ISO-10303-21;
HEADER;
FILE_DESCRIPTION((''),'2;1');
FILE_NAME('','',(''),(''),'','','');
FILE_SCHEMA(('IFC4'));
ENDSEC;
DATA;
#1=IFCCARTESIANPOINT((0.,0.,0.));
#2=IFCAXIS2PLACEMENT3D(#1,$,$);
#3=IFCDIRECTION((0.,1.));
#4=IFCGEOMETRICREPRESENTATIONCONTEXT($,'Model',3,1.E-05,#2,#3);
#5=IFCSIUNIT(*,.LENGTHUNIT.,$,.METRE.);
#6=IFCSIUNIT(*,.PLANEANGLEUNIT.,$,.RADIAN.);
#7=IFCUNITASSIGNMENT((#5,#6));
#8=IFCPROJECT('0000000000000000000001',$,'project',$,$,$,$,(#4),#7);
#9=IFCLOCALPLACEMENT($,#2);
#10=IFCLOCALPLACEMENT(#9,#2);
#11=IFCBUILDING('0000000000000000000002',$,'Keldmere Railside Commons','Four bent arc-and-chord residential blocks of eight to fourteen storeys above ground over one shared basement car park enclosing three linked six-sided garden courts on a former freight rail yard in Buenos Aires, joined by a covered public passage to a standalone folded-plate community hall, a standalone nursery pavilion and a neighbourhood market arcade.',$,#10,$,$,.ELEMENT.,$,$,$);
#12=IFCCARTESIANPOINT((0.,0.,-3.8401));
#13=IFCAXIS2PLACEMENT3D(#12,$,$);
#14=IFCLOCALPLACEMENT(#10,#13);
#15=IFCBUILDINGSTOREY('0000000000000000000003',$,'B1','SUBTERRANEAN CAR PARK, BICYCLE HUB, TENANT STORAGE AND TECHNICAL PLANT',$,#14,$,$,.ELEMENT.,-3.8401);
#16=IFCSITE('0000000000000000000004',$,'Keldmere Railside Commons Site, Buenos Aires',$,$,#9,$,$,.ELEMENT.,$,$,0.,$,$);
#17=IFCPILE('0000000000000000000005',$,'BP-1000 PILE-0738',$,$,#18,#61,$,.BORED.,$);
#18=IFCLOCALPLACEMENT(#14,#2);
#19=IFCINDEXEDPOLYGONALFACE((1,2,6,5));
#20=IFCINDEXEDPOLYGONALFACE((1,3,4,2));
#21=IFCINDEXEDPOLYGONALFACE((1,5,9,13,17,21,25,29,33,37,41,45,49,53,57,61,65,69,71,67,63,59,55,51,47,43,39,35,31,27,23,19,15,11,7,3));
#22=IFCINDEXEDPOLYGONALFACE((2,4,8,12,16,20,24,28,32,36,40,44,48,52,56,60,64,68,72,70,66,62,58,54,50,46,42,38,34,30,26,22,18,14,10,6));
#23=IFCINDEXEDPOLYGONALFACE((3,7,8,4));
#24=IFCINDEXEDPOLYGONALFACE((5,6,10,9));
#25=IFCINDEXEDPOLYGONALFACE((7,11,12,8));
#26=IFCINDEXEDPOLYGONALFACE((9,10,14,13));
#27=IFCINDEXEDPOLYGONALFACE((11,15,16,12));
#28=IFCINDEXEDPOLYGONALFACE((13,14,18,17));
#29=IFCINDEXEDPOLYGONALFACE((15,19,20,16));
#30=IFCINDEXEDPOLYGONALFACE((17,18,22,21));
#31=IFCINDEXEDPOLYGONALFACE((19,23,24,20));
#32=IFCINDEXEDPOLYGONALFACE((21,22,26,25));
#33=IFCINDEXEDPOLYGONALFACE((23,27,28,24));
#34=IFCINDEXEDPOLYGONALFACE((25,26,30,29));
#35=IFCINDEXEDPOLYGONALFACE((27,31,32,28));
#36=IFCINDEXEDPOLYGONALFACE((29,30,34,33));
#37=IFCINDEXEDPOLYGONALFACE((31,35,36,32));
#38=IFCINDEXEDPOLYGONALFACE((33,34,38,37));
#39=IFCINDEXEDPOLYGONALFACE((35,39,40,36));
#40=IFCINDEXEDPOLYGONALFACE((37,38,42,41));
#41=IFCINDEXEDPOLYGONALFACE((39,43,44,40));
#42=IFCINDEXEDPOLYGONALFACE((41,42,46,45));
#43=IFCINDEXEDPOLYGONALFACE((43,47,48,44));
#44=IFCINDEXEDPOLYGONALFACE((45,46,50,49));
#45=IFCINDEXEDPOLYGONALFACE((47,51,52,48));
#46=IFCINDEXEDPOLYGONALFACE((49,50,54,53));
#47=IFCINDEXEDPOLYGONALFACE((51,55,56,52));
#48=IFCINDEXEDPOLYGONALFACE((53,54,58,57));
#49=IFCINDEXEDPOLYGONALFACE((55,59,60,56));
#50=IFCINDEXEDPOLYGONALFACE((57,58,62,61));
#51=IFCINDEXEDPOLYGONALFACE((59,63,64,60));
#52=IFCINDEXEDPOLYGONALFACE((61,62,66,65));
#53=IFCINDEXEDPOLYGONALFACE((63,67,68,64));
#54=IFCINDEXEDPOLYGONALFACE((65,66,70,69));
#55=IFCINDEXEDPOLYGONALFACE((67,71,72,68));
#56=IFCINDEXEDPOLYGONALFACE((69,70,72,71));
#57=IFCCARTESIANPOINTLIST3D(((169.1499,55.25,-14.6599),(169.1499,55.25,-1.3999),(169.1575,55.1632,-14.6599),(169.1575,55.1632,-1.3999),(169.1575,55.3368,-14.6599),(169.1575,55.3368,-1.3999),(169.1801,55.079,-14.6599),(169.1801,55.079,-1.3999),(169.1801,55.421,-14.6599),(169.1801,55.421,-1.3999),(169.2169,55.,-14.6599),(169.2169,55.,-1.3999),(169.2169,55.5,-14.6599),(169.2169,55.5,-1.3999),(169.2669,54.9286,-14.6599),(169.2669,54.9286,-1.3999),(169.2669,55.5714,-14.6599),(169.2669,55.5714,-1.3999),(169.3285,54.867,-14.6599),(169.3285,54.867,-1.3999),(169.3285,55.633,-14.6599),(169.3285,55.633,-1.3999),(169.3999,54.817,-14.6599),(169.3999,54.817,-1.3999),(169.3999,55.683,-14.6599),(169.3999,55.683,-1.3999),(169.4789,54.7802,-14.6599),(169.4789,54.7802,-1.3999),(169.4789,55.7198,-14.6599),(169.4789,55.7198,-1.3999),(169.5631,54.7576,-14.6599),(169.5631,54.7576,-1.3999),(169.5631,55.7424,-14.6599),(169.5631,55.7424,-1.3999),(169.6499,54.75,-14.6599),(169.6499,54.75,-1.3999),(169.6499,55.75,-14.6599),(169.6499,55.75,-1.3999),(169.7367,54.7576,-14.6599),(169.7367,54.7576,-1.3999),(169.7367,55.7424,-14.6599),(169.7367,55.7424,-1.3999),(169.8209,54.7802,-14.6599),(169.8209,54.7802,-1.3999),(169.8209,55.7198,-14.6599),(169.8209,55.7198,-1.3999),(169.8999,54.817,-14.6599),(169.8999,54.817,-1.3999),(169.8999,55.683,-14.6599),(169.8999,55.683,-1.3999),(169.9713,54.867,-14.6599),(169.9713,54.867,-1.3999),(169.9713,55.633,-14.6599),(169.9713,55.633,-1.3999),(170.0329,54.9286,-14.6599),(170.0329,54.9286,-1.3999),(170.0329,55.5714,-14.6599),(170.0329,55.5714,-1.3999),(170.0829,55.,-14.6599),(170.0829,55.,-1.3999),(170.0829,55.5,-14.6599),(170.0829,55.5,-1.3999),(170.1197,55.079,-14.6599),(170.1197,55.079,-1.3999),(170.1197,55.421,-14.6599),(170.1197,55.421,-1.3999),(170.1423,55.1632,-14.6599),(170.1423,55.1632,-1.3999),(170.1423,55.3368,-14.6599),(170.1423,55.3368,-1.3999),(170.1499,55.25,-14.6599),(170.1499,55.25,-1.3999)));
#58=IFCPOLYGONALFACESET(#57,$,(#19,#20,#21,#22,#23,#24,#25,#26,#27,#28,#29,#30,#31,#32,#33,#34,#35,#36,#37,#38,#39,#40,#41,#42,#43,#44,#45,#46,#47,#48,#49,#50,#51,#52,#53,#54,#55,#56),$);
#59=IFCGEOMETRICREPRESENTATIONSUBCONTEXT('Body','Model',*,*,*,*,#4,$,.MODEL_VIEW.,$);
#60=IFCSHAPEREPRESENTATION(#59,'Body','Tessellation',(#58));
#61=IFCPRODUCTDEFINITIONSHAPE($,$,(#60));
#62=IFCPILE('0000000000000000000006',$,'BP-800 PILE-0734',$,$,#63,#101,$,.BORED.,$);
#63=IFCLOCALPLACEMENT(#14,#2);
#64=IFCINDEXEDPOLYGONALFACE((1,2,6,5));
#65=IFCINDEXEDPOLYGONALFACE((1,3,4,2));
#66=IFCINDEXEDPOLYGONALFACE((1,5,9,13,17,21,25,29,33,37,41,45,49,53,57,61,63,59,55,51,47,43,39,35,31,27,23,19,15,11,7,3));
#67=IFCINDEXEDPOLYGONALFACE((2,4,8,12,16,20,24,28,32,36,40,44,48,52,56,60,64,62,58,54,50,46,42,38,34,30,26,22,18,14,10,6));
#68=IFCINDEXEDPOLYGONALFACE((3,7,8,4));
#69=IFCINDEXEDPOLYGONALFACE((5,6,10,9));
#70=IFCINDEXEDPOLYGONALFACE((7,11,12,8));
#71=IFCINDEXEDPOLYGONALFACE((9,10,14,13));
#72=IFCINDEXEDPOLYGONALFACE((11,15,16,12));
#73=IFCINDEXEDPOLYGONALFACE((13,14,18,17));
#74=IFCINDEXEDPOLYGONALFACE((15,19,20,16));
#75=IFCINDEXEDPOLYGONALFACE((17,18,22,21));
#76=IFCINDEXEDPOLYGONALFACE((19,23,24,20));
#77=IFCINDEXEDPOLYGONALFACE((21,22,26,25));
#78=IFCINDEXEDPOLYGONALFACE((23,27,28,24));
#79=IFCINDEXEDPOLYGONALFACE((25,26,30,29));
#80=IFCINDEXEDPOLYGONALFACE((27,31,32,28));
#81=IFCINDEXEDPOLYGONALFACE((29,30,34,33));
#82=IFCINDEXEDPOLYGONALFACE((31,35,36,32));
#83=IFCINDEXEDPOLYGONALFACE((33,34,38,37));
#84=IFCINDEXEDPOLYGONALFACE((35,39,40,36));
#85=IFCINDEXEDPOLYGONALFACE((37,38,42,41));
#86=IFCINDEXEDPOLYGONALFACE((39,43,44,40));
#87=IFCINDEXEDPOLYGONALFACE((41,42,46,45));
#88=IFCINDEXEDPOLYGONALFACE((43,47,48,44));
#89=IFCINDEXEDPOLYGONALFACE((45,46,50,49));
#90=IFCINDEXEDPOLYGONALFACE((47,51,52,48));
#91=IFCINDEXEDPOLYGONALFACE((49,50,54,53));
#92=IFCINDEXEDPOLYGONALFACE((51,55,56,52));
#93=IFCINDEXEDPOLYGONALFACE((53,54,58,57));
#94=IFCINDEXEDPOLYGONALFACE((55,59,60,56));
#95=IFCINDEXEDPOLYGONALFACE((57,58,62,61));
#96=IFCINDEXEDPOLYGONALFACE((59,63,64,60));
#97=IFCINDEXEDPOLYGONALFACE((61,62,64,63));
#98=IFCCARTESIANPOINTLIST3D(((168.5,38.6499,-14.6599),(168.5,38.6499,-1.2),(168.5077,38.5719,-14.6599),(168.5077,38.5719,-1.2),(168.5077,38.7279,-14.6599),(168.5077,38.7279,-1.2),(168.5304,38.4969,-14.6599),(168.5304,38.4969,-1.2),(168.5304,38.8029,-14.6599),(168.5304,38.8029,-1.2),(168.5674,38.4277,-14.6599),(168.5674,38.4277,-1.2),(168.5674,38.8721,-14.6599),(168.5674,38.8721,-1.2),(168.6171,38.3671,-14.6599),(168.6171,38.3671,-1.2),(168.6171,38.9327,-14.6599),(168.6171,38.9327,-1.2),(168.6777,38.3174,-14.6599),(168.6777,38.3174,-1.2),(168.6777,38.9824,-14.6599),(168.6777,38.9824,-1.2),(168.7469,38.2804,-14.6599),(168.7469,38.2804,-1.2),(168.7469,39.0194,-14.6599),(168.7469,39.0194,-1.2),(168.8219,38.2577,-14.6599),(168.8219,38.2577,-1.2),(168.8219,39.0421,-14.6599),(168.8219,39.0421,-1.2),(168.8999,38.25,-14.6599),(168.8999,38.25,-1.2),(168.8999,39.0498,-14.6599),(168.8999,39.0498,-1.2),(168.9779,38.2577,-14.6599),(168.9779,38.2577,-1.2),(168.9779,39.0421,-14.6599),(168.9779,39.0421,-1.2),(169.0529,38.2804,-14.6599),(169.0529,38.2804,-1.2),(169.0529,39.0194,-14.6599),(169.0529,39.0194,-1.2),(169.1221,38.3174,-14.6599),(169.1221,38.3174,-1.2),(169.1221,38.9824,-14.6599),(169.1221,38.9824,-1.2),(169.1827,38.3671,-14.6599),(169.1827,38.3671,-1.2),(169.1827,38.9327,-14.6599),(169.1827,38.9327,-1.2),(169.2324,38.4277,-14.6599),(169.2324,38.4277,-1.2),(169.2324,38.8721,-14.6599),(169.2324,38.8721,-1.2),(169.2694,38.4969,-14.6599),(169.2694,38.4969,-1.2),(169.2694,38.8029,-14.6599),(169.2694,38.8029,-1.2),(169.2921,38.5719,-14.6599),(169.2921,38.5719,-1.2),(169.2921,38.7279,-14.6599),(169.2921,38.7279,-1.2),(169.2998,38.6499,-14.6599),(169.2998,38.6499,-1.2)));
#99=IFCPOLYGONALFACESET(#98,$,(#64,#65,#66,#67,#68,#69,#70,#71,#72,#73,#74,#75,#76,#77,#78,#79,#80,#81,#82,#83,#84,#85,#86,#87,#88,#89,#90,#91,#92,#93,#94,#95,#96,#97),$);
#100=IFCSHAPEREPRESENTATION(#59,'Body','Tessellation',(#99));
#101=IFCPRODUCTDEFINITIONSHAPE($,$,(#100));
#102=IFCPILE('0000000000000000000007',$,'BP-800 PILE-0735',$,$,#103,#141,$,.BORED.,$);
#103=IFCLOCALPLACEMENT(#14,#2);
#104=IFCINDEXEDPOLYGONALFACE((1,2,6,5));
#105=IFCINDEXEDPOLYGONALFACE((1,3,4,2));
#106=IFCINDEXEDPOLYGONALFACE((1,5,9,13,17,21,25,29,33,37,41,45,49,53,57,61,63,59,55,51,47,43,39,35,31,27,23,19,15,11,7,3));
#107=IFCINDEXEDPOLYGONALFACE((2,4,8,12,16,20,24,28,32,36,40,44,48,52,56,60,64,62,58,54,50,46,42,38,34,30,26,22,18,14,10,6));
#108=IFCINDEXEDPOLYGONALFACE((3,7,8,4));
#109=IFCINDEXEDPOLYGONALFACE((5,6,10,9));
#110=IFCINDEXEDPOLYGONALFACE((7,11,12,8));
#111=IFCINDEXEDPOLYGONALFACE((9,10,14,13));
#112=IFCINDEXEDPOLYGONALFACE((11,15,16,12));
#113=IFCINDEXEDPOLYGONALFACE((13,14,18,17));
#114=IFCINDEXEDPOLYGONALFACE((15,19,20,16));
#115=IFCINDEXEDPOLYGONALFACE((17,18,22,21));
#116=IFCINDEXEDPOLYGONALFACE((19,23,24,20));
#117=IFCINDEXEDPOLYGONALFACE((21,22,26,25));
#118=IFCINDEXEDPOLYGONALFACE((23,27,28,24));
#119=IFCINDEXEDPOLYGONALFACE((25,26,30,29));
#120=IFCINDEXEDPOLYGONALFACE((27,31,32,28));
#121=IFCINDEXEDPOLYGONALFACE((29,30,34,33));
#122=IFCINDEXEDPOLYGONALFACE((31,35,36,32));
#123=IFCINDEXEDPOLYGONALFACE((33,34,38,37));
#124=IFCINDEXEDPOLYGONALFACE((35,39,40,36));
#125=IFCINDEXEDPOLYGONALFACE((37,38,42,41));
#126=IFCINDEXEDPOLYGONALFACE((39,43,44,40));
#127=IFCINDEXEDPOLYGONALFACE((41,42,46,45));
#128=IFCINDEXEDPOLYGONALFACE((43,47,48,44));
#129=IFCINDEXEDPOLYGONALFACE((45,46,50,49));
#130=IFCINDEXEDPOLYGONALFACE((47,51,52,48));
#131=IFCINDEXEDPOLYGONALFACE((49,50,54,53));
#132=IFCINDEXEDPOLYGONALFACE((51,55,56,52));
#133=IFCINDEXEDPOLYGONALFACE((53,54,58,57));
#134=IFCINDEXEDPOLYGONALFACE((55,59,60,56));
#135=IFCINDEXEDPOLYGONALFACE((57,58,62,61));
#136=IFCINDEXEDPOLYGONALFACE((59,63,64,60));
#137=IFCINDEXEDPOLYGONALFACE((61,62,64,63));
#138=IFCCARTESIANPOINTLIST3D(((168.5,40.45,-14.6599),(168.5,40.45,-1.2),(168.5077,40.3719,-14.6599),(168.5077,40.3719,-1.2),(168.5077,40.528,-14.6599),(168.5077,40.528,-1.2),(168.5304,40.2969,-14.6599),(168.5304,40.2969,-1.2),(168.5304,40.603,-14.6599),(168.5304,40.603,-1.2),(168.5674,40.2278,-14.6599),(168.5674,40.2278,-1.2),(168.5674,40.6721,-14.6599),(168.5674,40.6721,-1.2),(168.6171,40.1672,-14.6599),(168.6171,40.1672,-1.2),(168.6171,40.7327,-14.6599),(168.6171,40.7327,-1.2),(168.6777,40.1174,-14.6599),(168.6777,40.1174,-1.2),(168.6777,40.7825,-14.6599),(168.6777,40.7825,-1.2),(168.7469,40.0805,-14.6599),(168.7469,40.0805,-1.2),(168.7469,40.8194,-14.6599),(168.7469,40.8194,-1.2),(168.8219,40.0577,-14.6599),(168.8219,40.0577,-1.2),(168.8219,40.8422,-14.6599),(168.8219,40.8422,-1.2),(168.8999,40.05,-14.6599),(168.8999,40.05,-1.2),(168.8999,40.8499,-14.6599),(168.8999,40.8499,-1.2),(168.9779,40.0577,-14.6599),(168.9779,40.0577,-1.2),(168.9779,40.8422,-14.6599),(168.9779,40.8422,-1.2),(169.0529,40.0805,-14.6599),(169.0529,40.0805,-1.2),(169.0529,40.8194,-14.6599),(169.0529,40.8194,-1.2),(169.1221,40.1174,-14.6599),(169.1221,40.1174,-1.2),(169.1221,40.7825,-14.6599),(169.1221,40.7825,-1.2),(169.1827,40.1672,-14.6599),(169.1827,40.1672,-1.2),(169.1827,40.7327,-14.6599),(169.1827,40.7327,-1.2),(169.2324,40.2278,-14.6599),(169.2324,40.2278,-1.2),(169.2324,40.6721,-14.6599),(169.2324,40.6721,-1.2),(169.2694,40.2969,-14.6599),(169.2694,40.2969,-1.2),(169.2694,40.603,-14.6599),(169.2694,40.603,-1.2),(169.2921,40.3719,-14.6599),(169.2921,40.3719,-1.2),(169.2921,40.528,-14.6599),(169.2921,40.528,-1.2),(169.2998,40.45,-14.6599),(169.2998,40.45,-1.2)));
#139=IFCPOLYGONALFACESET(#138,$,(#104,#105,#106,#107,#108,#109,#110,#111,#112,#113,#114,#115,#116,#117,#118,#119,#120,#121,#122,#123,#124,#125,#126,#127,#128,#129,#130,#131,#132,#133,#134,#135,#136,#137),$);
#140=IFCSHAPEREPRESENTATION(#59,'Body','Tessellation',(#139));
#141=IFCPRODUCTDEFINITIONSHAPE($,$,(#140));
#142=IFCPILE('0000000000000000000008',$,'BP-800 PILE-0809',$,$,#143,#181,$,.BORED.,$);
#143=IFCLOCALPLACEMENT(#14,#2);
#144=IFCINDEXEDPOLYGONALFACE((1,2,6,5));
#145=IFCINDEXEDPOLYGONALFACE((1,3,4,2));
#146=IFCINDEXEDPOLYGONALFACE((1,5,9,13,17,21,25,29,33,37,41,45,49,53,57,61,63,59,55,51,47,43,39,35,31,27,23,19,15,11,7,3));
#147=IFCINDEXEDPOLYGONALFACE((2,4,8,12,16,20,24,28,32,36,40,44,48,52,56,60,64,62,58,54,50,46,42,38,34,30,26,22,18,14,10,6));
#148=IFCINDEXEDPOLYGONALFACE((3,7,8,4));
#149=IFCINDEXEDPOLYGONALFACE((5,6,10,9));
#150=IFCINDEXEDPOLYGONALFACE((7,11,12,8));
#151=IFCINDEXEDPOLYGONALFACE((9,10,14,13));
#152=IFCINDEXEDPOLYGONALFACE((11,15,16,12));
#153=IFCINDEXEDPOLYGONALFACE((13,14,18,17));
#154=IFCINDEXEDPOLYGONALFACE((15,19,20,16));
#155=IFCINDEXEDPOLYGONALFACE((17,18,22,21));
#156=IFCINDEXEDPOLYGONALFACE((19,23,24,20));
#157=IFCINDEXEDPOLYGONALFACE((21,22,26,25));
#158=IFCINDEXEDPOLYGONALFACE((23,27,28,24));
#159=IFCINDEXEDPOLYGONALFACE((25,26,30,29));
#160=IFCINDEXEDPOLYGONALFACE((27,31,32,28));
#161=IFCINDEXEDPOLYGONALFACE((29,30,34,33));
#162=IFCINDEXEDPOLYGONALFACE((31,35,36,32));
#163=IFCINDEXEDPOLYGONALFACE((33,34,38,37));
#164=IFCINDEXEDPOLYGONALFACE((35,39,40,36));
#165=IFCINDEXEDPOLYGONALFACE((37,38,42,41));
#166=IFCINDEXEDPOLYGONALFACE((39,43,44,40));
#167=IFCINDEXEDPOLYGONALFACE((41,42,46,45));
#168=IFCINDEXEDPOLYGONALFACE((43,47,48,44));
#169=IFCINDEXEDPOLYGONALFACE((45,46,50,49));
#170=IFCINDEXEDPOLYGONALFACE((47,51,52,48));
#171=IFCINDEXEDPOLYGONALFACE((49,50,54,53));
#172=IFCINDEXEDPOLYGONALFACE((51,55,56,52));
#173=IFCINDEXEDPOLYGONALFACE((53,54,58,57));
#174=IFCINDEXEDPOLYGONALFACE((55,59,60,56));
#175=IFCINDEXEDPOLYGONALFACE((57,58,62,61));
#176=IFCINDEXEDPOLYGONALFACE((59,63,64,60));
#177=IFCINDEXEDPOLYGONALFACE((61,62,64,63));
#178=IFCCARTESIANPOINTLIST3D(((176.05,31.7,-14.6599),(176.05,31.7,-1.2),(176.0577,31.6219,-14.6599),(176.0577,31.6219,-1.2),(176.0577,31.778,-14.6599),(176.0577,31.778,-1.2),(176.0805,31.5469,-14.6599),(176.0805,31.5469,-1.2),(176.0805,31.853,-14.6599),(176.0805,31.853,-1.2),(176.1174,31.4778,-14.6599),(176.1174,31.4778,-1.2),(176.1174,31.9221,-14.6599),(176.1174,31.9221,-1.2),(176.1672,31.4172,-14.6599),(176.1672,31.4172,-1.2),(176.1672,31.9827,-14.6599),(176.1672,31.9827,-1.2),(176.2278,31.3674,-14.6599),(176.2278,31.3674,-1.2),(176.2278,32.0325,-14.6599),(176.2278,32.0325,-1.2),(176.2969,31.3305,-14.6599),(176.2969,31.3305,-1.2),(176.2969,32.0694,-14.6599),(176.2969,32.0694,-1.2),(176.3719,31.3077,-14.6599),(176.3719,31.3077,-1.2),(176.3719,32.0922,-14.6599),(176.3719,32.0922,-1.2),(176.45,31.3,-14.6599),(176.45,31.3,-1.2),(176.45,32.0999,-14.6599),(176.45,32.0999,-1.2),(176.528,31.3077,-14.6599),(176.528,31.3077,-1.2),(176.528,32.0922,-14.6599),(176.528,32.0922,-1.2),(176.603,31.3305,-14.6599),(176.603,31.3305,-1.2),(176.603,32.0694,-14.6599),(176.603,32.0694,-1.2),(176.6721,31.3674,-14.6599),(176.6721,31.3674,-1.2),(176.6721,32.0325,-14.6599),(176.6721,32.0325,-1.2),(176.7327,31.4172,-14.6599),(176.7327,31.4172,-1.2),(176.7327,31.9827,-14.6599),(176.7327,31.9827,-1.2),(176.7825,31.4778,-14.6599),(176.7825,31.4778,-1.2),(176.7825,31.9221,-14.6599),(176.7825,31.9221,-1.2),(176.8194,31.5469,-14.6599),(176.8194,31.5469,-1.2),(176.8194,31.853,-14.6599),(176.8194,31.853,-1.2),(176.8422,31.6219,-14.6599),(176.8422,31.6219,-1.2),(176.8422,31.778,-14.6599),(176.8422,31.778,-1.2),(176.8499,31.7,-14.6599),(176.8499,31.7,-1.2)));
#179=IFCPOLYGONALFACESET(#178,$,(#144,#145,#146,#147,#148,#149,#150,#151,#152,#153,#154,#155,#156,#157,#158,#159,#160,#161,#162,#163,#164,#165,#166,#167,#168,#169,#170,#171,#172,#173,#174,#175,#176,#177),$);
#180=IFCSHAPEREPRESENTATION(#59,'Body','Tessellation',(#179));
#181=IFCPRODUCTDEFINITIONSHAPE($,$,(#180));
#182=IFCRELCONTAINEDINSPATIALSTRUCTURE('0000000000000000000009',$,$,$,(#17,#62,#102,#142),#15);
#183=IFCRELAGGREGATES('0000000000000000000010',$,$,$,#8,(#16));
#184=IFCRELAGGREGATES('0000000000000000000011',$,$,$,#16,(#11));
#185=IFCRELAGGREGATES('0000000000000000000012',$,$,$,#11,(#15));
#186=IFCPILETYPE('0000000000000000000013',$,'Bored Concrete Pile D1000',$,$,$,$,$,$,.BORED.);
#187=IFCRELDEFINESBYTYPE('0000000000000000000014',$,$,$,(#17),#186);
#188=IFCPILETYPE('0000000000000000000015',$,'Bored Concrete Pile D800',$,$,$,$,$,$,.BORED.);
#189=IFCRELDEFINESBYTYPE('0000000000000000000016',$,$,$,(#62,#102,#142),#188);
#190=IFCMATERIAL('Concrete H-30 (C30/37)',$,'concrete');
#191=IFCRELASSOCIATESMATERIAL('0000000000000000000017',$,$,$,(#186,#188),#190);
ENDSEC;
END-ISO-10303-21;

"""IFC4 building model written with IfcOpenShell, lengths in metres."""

from ifc_helpers import new_model, si_unit, direction, frame, origin, origin_2d, place, context, subcontext, project, spatial, circle, extrude, material, material_profile, profile_set, type_object, element, save


model = new_model("IFC4")

# Units and contexts
model_context = context("Model", 3, precision=1e-05, world=origin(), true_north=direction((0.0, 1.0)))
body_context = subcontext(model_context, "Body", "Model", "MODEL_VIEW")
ifc_project = project(units=[si_unit("LENGTHUNIT", "METRE"), si_unit("PLANEANGLEUNIT", "RADIAN")], contexts=[model_context])

# Site, building, storey
site_placement = place(None, origin())
site = spatial("IfcSite", under=ifc_project, at=site_placement, Name="Keldmere Railside Commons Site, Buenos Aires", CompositionType="ELEMENT", RefElevation=0.0)
building_placement = place(site_placement, origin())
building = spatial("IfcBuilding", under=site, at=building_placement, Name="Keldmere Railside Commons", Description="Four bent arc-and-chord residential blocks of eight to fourteen storeys above ground over one shared basement car park enclosing three linked six-sided garden courts on a former freight rail yard in Buenos Aires, joined by a covered public passage to a standalone folded-plate community hall, a standalone nursery pavilion and a neighbourhood market arcade.", CompositionType="ELEMENT")
storey_placement = place(building_placement, frame((0.0, 0.0, -3.8401)))
storey = spatial("IfcBuildingStorey", under=building, at=storey_placement, Name="B1", Description="SUBTERRANEAN CAR PARK, BICYCLE HUB, TENANT STORAGE AND TECHNICAL PLANT", CompositionType="ELEMENT", Elevation=-3.8401)

# Piles
ifc_material_1 = material(Name="Concrete H-30 (C30/37)", Category="concrete")
ifc_material_profile_1 = material_profile(ifc_material_1, circle(Radius=0.5, at=origin_2d()), Name="PILE-D1000")
ifc_profile_set_1 = profile_set([ifc_material_profile_1], Name="Concrete H-30 (C30/37)")
pile_type_1 = type_object("IfcPileType", Name="Bored Concrete Pile D1000", PredefinedType="BORED", material=ifc_profile_set_1)
pile_placement = place(storey_placement, frame((169.6499, 55.25, -1.3999), z_axis=(0.0, 0.0, -1.0), x_axis=(1.0, 0.0, 0.0)))
element("IfcPile", 1, at=pile_placement, inside=storey, type_object=pile_type_1, Name="BP-1000 PILE-0738", PredefinedType="BORED", context=body_context, shape_type="SweptSolid", body=[
    extrude(circle(Radius=0.5, at=origin_2d()), origin(), (0.0, 0.0, 1.0), 13.26),
])
ifc_material_profile_2 = material_profile(ifc_material_1, circle(Radius=0.3999, at=origin_2d()), Name="PILE-D800")
ifc_profile_set_2 = profile_set([ifc_material_profile_2], Name="Concrete H-30 (C30/37)")
pile_type_2 = type_object("IfcPileType", Name="Bored Concrete Pile D800", PredefinedType="BORED", material=ifc_profile_set_2)
for number, where, z_axis, x_axis, name in (
    (2, (168.8999, 38.6499, -1.2), (0.0, 0.0, -1.0), (1.0, 0.0, 0.0), "BP-800 PILE-0734"),
    (3, (168.8999, 40.45, -1.2), (0.0, 0.0, -1.0), (1.0, 0.0, 0.0), "BP-800 PILE-0735"),
    (4, (176.45, 31.7, -1.2), (0.0, 0.0, -1.0), (1.0, 0.0, 0.0), "BP-800 PILE-0809"),
):
    element("IfcPile", number, at=place(storey_placement, frame(where, z_axis=z_axis, x_axis=x_axis)), inside=storey, type_object=pile_type_2, Name=name, PredefinedType="BORED", context=body_context, shape_type="SweptSolid", body=[
        extrude(circle(Radius=0.3999, at=origin_2d()), origin(), (0.0, 0.0, 1.0), 13.46),
    ])

save(model, "model.ifc")
